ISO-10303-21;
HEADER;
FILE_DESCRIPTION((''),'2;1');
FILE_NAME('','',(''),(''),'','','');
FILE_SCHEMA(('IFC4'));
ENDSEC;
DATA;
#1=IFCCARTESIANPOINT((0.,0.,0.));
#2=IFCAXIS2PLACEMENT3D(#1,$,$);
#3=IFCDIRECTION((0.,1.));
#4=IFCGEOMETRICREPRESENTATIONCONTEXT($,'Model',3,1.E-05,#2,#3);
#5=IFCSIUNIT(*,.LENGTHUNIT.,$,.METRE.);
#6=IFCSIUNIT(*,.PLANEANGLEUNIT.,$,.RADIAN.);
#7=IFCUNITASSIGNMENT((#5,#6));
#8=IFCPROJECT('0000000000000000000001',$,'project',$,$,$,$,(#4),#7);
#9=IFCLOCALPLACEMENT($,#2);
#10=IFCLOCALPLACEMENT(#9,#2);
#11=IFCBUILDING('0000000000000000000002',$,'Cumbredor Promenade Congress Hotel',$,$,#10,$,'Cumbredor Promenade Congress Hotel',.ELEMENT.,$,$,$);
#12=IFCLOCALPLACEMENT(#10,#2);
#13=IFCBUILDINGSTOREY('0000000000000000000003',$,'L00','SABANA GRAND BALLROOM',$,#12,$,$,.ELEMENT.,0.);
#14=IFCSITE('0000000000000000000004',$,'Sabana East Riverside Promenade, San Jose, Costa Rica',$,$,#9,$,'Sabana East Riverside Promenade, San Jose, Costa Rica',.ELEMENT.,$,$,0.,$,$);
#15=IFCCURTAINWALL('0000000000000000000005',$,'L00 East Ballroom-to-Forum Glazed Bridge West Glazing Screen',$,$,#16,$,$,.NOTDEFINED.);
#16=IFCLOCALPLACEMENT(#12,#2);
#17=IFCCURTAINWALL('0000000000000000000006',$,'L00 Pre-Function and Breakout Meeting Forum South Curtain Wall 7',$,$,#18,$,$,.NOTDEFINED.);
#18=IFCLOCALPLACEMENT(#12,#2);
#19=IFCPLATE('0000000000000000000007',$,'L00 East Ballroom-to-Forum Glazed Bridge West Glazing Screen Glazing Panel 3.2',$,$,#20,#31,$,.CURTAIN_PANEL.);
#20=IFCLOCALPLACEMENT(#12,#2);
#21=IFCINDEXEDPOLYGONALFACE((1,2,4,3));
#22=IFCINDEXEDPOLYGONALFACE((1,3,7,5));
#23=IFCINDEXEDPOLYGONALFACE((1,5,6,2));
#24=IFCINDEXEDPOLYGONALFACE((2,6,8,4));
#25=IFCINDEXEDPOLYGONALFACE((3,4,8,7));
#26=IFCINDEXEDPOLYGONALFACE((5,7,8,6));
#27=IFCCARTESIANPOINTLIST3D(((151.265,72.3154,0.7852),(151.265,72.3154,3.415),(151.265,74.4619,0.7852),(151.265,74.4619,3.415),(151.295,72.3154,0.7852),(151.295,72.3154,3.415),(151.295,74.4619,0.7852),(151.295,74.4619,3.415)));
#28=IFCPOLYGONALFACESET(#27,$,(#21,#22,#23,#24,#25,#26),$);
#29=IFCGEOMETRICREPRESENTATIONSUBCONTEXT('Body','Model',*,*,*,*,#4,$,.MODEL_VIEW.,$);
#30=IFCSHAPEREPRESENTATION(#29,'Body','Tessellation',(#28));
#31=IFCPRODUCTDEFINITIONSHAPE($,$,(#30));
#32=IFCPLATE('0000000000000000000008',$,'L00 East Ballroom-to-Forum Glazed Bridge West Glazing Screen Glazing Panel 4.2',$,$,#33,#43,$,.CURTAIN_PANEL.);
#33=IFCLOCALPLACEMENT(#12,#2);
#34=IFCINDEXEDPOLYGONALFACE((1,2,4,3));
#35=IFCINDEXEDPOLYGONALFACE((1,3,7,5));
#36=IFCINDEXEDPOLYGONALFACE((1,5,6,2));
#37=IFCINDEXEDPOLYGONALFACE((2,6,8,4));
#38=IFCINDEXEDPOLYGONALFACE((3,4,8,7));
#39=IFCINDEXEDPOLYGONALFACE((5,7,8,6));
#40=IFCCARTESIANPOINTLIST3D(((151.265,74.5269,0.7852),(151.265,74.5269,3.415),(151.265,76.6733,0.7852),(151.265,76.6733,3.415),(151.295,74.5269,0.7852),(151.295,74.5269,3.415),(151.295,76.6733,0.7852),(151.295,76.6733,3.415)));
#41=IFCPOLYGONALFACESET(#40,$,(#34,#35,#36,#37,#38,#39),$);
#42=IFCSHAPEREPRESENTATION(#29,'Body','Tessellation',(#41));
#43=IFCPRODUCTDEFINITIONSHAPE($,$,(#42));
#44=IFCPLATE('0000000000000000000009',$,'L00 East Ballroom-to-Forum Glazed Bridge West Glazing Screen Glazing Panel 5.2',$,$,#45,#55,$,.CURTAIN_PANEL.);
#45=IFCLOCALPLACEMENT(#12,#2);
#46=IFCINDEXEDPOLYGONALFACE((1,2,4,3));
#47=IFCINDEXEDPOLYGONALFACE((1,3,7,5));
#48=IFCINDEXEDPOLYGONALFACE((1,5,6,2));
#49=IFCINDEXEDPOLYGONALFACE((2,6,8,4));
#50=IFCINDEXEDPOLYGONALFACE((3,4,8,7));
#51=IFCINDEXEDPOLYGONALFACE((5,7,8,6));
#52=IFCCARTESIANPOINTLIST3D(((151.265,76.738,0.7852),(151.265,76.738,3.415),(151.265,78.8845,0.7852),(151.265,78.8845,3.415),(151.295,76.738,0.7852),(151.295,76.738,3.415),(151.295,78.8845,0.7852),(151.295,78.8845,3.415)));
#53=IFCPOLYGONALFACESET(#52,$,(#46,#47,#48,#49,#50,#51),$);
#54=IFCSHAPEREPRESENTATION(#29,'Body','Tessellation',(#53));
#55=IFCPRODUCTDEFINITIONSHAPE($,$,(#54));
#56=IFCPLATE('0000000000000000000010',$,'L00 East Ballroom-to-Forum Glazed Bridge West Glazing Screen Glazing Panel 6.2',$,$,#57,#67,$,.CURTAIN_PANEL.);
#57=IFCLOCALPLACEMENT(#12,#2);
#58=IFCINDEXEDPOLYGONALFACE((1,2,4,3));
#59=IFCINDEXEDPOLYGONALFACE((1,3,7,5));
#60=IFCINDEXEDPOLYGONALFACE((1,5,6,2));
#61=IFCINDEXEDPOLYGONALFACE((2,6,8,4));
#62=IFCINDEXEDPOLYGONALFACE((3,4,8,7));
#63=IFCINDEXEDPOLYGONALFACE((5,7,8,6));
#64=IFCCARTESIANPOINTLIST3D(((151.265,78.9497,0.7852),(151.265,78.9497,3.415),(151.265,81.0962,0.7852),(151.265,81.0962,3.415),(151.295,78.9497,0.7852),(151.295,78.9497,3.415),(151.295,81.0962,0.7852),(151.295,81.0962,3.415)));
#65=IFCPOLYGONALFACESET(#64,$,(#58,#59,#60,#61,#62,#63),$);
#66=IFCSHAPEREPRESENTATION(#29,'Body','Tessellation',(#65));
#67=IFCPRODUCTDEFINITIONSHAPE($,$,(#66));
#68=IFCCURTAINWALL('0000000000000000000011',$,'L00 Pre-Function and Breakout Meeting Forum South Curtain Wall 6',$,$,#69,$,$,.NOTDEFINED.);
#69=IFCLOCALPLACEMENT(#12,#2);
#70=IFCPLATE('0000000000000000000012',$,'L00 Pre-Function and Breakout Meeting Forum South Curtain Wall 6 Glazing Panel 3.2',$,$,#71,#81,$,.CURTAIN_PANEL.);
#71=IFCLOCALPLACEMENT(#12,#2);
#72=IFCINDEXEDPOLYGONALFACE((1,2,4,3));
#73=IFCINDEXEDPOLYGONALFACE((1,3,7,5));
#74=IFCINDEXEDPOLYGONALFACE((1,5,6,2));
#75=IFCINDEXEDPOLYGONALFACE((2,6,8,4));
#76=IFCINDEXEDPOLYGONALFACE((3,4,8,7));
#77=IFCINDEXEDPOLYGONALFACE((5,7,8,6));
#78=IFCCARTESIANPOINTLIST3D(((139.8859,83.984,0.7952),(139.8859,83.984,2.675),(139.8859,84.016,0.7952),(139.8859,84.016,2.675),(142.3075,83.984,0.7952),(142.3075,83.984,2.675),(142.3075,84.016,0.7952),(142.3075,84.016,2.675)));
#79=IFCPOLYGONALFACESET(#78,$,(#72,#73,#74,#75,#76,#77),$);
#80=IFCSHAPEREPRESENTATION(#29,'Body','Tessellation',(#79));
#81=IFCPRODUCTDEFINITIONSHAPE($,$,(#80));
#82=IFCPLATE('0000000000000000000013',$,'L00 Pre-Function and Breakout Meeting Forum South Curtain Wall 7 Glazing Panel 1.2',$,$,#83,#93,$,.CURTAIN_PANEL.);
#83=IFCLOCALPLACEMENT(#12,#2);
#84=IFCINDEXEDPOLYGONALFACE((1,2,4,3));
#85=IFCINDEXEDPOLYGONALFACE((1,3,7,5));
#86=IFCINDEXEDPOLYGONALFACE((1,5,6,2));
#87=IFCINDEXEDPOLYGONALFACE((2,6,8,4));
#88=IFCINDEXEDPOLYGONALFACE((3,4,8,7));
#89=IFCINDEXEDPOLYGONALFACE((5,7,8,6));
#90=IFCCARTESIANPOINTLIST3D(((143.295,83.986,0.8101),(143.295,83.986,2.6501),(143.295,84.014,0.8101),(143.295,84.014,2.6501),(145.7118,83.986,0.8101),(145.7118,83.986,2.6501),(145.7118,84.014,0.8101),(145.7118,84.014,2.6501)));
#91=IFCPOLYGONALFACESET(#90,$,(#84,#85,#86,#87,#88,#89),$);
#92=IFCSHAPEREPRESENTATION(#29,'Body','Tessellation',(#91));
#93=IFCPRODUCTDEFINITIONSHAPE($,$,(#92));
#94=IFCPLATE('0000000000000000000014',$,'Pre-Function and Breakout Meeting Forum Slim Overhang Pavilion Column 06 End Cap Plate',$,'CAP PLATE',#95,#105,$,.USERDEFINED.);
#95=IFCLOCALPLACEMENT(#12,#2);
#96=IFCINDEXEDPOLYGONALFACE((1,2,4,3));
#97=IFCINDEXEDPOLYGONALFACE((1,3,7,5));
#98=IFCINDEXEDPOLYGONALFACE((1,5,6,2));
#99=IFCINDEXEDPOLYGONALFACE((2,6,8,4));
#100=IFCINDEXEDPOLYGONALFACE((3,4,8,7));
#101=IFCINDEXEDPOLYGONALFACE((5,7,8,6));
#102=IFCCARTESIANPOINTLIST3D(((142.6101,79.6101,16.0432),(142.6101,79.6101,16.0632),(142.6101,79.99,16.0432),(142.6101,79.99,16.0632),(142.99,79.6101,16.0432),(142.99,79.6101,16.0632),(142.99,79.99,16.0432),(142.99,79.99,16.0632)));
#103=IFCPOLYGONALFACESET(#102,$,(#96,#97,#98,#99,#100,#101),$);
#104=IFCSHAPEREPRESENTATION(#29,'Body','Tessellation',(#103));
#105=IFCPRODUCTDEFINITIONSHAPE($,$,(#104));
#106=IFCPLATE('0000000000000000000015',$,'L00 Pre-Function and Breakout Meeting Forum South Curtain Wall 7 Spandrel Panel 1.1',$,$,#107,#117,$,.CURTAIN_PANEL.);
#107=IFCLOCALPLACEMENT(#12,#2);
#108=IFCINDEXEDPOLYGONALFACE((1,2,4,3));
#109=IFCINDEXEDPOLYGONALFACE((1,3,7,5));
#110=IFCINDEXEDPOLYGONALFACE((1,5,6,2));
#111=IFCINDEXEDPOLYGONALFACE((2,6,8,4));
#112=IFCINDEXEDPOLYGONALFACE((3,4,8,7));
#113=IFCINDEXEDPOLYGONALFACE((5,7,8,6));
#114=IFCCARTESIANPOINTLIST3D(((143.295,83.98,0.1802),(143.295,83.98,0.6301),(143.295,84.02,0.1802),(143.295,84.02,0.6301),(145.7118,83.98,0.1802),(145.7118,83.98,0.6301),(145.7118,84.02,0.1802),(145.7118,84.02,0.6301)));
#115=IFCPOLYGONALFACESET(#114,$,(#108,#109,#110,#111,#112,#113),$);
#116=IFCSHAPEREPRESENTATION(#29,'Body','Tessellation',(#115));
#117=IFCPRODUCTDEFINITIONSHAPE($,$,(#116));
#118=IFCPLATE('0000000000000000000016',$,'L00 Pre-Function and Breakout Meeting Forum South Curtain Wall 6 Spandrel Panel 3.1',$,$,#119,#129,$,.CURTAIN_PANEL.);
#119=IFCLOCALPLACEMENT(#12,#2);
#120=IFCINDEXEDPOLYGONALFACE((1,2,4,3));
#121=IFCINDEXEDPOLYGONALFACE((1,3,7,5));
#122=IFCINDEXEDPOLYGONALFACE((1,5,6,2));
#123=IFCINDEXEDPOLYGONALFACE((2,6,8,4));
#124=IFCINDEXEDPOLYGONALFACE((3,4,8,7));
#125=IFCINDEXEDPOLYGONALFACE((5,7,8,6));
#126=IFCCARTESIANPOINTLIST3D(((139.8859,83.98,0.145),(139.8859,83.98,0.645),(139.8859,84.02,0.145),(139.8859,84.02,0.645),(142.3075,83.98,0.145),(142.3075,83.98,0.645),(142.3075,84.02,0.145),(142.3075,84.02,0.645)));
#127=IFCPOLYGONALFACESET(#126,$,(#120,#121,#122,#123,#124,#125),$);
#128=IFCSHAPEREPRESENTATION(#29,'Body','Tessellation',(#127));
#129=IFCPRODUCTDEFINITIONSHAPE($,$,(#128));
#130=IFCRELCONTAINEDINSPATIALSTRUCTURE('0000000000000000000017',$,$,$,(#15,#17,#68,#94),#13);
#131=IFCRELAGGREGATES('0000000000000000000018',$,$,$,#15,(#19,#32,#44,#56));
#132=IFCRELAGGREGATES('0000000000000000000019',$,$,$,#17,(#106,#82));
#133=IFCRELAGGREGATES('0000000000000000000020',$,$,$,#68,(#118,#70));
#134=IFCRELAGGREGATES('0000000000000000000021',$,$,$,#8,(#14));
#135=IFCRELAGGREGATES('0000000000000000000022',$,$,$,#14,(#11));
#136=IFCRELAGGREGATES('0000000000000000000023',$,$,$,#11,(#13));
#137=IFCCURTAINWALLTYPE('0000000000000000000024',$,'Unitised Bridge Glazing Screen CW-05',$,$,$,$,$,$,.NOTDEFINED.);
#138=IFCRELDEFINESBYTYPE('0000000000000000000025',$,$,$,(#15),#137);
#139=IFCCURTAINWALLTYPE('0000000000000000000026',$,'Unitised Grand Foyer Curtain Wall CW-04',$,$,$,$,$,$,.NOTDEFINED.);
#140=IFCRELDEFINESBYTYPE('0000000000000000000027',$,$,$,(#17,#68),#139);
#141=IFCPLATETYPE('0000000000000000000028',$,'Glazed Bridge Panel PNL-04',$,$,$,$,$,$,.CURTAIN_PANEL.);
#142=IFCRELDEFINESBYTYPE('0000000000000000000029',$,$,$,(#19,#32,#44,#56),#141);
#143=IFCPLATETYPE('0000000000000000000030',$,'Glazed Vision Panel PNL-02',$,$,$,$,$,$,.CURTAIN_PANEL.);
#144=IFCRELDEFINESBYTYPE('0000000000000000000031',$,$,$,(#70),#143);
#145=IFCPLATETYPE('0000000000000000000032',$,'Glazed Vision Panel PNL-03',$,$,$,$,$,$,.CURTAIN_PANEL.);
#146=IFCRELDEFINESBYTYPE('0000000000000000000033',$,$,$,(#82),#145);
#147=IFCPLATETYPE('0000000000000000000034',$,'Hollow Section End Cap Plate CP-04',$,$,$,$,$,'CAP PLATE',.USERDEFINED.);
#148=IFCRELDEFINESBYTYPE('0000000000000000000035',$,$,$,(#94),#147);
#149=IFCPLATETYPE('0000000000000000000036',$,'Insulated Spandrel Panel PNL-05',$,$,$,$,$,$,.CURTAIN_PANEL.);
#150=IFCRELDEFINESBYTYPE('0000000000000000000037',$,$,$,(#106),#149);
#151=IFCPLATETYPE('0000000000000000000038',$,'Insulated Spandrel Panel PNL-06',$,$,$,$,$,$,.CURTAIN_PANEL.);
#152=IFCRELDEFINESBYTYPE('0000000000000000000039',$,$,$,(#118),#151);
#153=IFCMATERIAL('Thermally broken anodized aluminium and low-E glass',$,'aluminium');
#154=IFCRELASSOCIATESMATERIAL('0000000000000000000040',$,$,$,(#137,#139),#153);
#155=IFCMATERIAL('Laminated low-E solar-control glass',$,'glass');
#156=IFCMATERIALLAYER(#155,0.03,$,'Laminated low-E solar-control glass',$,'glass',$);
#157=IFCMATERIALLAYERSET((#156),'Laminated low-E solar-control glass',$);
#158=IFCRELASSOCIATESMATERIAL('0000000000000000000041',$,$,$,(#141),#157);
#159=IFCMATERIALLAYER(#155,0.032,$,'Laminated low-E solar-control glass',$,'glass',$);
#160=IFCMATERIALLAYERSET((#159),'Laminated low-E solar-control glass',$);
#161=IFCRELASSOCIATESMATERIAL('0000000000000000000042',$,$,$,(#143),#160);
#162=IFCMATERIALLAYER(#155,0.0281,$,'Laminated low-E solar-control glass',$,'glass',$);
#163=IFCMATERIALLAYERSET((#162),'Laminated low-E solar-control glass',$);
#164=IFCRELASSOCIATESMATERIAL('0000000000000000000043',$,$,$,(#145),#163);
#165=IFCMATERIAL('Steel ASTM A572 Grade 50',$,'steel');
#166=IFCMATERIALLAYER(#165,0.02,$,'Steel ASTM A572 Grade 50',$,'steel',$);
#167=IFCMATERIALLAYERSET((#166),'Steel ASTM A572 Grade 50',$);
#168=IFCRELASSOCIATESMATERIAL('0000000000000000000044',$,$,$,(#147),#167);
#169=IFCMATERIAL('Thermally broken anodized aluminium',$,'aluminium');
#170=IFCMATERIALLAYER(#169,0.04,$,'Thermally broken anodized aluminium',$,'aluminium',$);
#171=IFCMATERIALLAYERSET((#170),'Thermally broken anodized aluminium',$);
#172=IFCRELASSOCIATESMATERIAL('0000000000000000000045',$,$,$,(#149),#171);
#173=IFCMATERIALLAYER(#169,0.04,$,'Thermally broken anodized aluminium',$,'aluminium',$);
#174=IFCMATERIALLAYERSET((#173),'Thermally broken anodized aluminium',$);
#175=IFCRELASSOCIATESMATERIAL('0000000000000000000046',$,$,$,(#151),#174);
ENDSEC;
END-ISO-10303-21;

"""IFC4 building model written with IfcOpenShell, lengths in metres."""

from ifc_helpers import new_model, si_unit, direction, frame, origin, origin_2d, place, context, subcontext, project, spatial, rectangle, extrude, material, layer, layer_set, type_object, element, aggregate, save


model = new_model("IFC4")

# Units and contexts
model_context = context("Model", 3, precision=1e-05, world=origin(), true_north=direction((0.0, 1.0)))
body_context = subcontext(model_context, "Body", "Model", "MODEL_VIEW")
ifc_project = project(units=[si_unit("LENGTHUNIT", "METRE"), si_unit("PLANEANGLEUNIT", "RADIAN")], contexts=[model_context])

# Site, building, storey
site_placement = place(None, origin())
site = spatial("IfcSite", under=ifc_project, at=site_placement, Name="Sabana East Riverside Promenade, San Jose, Costa Rica", LongName="Sabana East Riverside Promenade, San Jose, Costa Rica", CompositionType="ELEMENT", RefElevation=0.0)
building_placement = place(site_placement, origin())
building = spatial("IfcBuilding", under=site, at=building_placement, Name="Cumbredor Promenade Congress Hotel", LongName="Cumbredor Promenade Congress Hotel", CompositionType="ELEMENT")
storey_placement = place(building_placement, origin())
storey = spatial("IfcBuildingStorey", under=building, at=storey_placement, Name="L00", Description="SABANA GRAND BALLROOM", CompositionType="ELEMENT", Elevation=0.0)

# Curtain walls
ifc_material_1 = material(Name="Thermally broken anodized aluminium and low-E glass", Category="aluminium")
curtain_wall_type_1 = type_object("IfcCurtainWallType", Name="Unitised Bridge Glazing Screen CW-05", PredefinedType="NOTDEFINED", material=ifc_material_1)
curtain_wall_1_placement = place(storey_placement, origin())
curtain_wall_1 = element("IfcCurtainWall", 1, at=curtain_wall_1_placement, inside=storey, type_object=curtain_wall_type_1, Name="L00 East Ballroom-to-Forum Glazed Bridge West Glazing Screen", PredefinedType="NOTDEFINED")
ifc_material_2 = material(Name="Thermally broken anodized aluminium", Category="aluminium")
curtain_wall_type_2 = type_object("IfcCurtainWallType", Name="Unitised Grand Foyer Curtain Wall CW-04", PredefinedType="NOTDEFINED", material=ifc_material_1)
curtain_wall_2_placement = place(storey_placement, origin())
curtain_wall_2 = element("IfcCurtainWall", 2, at=curtain_wall_2_placement, inside=storey, type_object=curtain_wall_type_2, Name="L00 Pre-Function and Breakout Meeting Forum South Curtain Wall 7", PredefinedType="NOTDEFINED")

# Plates
ifc_material_3 = material(Name="Laminated low-E solar-control glass", Category="glass")
ifc_layer_1 = layer(ifc_material_3, 0.03, Name="Laminated low-E solar-control glass", Category="glass")
ifc_layer_set_1 = layer_set([ifc_layer_1], Name="Laminated low-E solar-control glass")
plate_type_1 = type_object("IfcPlateType", Name="Glazed Bridge Panel PNL-04", PredefinedType="CURTAIN_PANEL", material=ifc_layer_set_1)
plate_1_placement = place(storey_placement, frame((151.28, 73.3887, 0.7852), z_axis=(0.0, 0.0, 1.0), x_axis=(0.0, 1.0, 0.0)))
plate_1 = element("IfcPlate", 3, at=plate_1_placement, type_object=plate_type_1, Name="L00 East Ballroom-to-Forum Glazed Bridge West Glazing Screen Glazing Panel 3.2", PredefinedType="CURTAIN_PANEL", context=body_context, shape_type="SweptSolid", body=[
    extrude(rectangle(XDim=2.1465, YDim=0.03, at=origin_2d()), origin(), (0.0, 0.0, 1.0), 2.6299),
])
plate_2_placement = place(storey_placement, frame((151.28, 75.6001, 0.7852), z_axis=(0.0, 0.0, 1.0), x_axis=(0.0, 1.0, 0.0)))
plate_2 = element("IfcPlate", 4, at=plate_2_placement, type_object=plate_type_1, Name="L00 East Ballroom-to-Forum Glazed Bridge West Glazing Screen Glazing Panel 4.2", PredefinedType="CURTAIN_PANEL", context=body_context, shape_type="SweptSolid", body=[
    extrude(rectangle(XDim=2.1465, YDim=0.03, at=origin_2d()), origin(), (0.0, 0.0, 1.0), 2.6299),
])
plate_3_placement = place(storey_placement, frame((151.28, 77.8113, 0.7852), z_axis=(0.0, 0.0, 1.0), x_axis=(0.0, 1.0, 0.0)))
plate_3 = element("IfcPlate", 5, at=plate_3_placement, type_object=plate_type_1, Name="L00 East Ballroom-to-Forum Glazed Bridge West Glazing Screen Glazing Panel 5.2", PredefinedType="CURTAIN_PANEL", context=body_context, shape_type="SweptSolid", body=[
    extrude(rectangle(XDim=2.1465, YDim=0.03, at=origin_2d()), origin(), (0.0, 0.0, 1.0), 2.6299),
])
plate_4_placement = place(storey_placement, frame((151.28, 80.0229, 0.7852), z_axis=(0.0, 0.0, 1.0), x_axis=(0.0, 1.0, 0.0)))
plate_4 = element("IfcPlate", 6, at=plate_4_placement, type_object=plate_type_1, Name="L00 East Ballroom-to-Forum Glazed Bridge West Glazing Screen Glazing Panel 6.2", PredefinedType="CURTAIN_PANEL", context=body_context, shape_type="SweptSolid", body=[
    extrude(rectangle(XDim=2.1465, YDim=0.03, at=origin_2d()), origin(), (0.0, 0.0, 1.0), 2.6299),
])
aggregate(curtain_wall_1, [plate_1, plate_2, plate_3, plate_4])

# Curtain wall, plate
curtain_wall_3_placement = place(storey_placement, origin())
curtain_wall_3 = element("IfcCurtainWall", 7, at=curtain_wall_3_placement, inside=storey, type_object=curtain_wall_type_2, Name="L00 Pre-Function and Breakout Meeting Forum South Curtain Wall 6", PredefinedType="NOTDEFINED")
ifc_layer_2 = layer(ifc_material_3, 0.032, Name="Laminated low-E solar-control glass", Category="glass")
ifc_layer_set_2 = layer_set([ifc_layer_2], Name="Laminated low-E solar-control glass")
plate_type_2 = type_object("IfcPlateType", Name="Glazed Vision Panel PNL-02", PredefinedType="CURTAIN_PANEL", material=ifc_layer_set_2)
plate_5_placement = place(storey_placement, frame((141.0967, 84.0, 0.7952), z_axis=(0.0, 0.0, 1.0), x_axis=(1.0, 0.0, 0.0)))
plate_5 = element("IfcPlate", 8, at=plate_5_placement, type_object=plate_type_2, Name="L00 Pre-Function and Breakout Meeting Forum South Curtain Wall 6 Glazing Panel 3.2", PredefinedType="CURTAIN_PANEL", context=body_context, shape_type="SweptSolid", body=[
    extrude(rectangle(XDim=2.4216, YDim=0.032, at=origin_2d()), origin(), (0.0, 0.0, 1.0), 1.8799),
])

# Plates
ifc_layer_3 = layer(ifc_material_3, 0.0281, Name="Laminated low-E solar-control glass", Category="glass")
ifc_layer_set_3 = layer_set([ifc_layer_3], Name="Laminated low-E solar-control glass")
plate_type_3 = type_object("IfcPlateType", Name="Glazed Vision Panel PNL-03", PredefinedType="CURTAIN_PANEL", material=ifc_layer_set_3)
plate_6_placement = place(storey_placement, frame((144.5034, 84.0, 0.8101), z_axis=(0.0, 0.0, 1.0), x_axis=(1.0, 0.0, 0.0)))
plate_6 = element("IfcPlate", 9, at=plate_6_placement, type_object=plate_type_3, Name="L00 Pre-Function and Breakout Meeting Forum South Curtain Wall 7 Glazing Panel 1.2", PredefinedType="CURTAIN_PANEL", context=body_context, shape_type="SweptSolid", body=[
    extrude(rectangle(XDim=2.4167, YDim=0.0281, at=origin_2d()), origin(), (0.0, 0.0, 1.0), 1.8401),
])
ifc_material_4 = material(Name="Steel ASTM A572 Grade 50", Category="steel")
ifc_layer_4 = layer(ifc_material_4, 0.02, Name="Steel ASTM A572 Grade 50", Category="steel")
ifc_layer_set_4 = layer_set([ifc_layer_4], Name="Steel ASTM A572 Grade 50")
plate_type_4 = type_object("IfcPlateType", Name="Hollow Section End Cap Plate CP-04", ElementType="CAP PLATE", PredefinedType="USERDEFINED", material=ifc_layer_set_4)
plate_7_placement = place(storey_placement, frame((142.8, 79.8, 16.0432), z_axis=(0.0, 0.0, 1.0), x_axis=(1.0, 0.0, 0.0)))
element("IfcPlate", 10, at=plate_7_placement, inside=storey, type_object=plate_type_4, Name="Pre-Function and Breakout Meeting Forum Slim Overhang Pavilion Column 06 End Cap Plate", ObjectType="CAP PLATE", PredefinedType="USERDEFINED", context=body_context, shape_type="SweptSolid", body=[
    extrude(rectangle(XDim=0.3799, YDim=0.3799, at=origin_2d()), origin(), (0.0, 0.0, 1.0), 0.02),
])
ifc_layer_5 = layer(ifc_material_2, 0.04, Name="Thermally broken anodized aluminium", Category="aluminium")
ifc_layer_set_5 = layer_set([ifc_layer_5], Name="Thermally broken anodized aluminium")
plate_type_5 = type_object("IfcPlateType", Name="Insulated Spandrel Panel PNL-05", PredefinedType="CURTAIN_PANEL", material=ifc_layer_set_5)
plate_8_placement = place(storey_placement, frame((144.5034, 84.0, 0.1802), z_axis=(0.0, 0.0, 1.0), x_axis=(1.0, 0.0, 0.0)))
plate_8 = element("IfcPlate", 11, at=plate_8_placement, type_object=plate_type_5, Name="L00 Pre-Function and Breakout Meeting Forum South Curtain Wall 7 Spandrel Panel 1.1", PredefinedType="CURTAIN_PANEL", context=body_context, shape_type="SweptSolid", body=[
    extrude(rectangle(XDim=2.4167, YDim=0.04, at=origin_2d()), origin(), (0.0, 0.0, 1.0), 0.45),
])
aggregate(curtain_wall_2, [plate_8, plate_6])
ifc_layer_6 = layer(ifc_material_2, 0.04, Name="Thermally broken anodized aluminium", Category="aluminium")
ifc_layer_set_6 = layer_set([ifc_layer_6], Name="Thermally broken anodized aluminium")
plate_type_6 = type_object("IfcPlateType", Name="Insulated Spandrel Panel PNL-06", PredefinedType="CURTAIN_PANEL", material=ifc_layer_set_6)
plate_9_placement = place(storey_placement, frame((141.0967, 84.0, 0.145), z_axis=(0.0, 0.0, 1.0), x_axis=(1.0, 0.0, 0.0)))
plate_9 = element("IfcPlate", 12, at=plate_9_placement, type_object=plate_type_6, Name="L00 Pre-Function and Breakout Meeting Forum South Curtain Wall 6 Spandrel Panel 3.1", PredefinedType="CURTAIN_PANEL", context=body_context, shape_type="SweptSolid", body=[
    extrude(rectangle(XDim=2.4216, YDim=0.04, at=origin_2d()), origin(), (0.0, 0.0, 1.0), 0.5),
])
aggregate(curtain_wall_3, [plate_9, plate_5])

save(model, "model.ifc")
